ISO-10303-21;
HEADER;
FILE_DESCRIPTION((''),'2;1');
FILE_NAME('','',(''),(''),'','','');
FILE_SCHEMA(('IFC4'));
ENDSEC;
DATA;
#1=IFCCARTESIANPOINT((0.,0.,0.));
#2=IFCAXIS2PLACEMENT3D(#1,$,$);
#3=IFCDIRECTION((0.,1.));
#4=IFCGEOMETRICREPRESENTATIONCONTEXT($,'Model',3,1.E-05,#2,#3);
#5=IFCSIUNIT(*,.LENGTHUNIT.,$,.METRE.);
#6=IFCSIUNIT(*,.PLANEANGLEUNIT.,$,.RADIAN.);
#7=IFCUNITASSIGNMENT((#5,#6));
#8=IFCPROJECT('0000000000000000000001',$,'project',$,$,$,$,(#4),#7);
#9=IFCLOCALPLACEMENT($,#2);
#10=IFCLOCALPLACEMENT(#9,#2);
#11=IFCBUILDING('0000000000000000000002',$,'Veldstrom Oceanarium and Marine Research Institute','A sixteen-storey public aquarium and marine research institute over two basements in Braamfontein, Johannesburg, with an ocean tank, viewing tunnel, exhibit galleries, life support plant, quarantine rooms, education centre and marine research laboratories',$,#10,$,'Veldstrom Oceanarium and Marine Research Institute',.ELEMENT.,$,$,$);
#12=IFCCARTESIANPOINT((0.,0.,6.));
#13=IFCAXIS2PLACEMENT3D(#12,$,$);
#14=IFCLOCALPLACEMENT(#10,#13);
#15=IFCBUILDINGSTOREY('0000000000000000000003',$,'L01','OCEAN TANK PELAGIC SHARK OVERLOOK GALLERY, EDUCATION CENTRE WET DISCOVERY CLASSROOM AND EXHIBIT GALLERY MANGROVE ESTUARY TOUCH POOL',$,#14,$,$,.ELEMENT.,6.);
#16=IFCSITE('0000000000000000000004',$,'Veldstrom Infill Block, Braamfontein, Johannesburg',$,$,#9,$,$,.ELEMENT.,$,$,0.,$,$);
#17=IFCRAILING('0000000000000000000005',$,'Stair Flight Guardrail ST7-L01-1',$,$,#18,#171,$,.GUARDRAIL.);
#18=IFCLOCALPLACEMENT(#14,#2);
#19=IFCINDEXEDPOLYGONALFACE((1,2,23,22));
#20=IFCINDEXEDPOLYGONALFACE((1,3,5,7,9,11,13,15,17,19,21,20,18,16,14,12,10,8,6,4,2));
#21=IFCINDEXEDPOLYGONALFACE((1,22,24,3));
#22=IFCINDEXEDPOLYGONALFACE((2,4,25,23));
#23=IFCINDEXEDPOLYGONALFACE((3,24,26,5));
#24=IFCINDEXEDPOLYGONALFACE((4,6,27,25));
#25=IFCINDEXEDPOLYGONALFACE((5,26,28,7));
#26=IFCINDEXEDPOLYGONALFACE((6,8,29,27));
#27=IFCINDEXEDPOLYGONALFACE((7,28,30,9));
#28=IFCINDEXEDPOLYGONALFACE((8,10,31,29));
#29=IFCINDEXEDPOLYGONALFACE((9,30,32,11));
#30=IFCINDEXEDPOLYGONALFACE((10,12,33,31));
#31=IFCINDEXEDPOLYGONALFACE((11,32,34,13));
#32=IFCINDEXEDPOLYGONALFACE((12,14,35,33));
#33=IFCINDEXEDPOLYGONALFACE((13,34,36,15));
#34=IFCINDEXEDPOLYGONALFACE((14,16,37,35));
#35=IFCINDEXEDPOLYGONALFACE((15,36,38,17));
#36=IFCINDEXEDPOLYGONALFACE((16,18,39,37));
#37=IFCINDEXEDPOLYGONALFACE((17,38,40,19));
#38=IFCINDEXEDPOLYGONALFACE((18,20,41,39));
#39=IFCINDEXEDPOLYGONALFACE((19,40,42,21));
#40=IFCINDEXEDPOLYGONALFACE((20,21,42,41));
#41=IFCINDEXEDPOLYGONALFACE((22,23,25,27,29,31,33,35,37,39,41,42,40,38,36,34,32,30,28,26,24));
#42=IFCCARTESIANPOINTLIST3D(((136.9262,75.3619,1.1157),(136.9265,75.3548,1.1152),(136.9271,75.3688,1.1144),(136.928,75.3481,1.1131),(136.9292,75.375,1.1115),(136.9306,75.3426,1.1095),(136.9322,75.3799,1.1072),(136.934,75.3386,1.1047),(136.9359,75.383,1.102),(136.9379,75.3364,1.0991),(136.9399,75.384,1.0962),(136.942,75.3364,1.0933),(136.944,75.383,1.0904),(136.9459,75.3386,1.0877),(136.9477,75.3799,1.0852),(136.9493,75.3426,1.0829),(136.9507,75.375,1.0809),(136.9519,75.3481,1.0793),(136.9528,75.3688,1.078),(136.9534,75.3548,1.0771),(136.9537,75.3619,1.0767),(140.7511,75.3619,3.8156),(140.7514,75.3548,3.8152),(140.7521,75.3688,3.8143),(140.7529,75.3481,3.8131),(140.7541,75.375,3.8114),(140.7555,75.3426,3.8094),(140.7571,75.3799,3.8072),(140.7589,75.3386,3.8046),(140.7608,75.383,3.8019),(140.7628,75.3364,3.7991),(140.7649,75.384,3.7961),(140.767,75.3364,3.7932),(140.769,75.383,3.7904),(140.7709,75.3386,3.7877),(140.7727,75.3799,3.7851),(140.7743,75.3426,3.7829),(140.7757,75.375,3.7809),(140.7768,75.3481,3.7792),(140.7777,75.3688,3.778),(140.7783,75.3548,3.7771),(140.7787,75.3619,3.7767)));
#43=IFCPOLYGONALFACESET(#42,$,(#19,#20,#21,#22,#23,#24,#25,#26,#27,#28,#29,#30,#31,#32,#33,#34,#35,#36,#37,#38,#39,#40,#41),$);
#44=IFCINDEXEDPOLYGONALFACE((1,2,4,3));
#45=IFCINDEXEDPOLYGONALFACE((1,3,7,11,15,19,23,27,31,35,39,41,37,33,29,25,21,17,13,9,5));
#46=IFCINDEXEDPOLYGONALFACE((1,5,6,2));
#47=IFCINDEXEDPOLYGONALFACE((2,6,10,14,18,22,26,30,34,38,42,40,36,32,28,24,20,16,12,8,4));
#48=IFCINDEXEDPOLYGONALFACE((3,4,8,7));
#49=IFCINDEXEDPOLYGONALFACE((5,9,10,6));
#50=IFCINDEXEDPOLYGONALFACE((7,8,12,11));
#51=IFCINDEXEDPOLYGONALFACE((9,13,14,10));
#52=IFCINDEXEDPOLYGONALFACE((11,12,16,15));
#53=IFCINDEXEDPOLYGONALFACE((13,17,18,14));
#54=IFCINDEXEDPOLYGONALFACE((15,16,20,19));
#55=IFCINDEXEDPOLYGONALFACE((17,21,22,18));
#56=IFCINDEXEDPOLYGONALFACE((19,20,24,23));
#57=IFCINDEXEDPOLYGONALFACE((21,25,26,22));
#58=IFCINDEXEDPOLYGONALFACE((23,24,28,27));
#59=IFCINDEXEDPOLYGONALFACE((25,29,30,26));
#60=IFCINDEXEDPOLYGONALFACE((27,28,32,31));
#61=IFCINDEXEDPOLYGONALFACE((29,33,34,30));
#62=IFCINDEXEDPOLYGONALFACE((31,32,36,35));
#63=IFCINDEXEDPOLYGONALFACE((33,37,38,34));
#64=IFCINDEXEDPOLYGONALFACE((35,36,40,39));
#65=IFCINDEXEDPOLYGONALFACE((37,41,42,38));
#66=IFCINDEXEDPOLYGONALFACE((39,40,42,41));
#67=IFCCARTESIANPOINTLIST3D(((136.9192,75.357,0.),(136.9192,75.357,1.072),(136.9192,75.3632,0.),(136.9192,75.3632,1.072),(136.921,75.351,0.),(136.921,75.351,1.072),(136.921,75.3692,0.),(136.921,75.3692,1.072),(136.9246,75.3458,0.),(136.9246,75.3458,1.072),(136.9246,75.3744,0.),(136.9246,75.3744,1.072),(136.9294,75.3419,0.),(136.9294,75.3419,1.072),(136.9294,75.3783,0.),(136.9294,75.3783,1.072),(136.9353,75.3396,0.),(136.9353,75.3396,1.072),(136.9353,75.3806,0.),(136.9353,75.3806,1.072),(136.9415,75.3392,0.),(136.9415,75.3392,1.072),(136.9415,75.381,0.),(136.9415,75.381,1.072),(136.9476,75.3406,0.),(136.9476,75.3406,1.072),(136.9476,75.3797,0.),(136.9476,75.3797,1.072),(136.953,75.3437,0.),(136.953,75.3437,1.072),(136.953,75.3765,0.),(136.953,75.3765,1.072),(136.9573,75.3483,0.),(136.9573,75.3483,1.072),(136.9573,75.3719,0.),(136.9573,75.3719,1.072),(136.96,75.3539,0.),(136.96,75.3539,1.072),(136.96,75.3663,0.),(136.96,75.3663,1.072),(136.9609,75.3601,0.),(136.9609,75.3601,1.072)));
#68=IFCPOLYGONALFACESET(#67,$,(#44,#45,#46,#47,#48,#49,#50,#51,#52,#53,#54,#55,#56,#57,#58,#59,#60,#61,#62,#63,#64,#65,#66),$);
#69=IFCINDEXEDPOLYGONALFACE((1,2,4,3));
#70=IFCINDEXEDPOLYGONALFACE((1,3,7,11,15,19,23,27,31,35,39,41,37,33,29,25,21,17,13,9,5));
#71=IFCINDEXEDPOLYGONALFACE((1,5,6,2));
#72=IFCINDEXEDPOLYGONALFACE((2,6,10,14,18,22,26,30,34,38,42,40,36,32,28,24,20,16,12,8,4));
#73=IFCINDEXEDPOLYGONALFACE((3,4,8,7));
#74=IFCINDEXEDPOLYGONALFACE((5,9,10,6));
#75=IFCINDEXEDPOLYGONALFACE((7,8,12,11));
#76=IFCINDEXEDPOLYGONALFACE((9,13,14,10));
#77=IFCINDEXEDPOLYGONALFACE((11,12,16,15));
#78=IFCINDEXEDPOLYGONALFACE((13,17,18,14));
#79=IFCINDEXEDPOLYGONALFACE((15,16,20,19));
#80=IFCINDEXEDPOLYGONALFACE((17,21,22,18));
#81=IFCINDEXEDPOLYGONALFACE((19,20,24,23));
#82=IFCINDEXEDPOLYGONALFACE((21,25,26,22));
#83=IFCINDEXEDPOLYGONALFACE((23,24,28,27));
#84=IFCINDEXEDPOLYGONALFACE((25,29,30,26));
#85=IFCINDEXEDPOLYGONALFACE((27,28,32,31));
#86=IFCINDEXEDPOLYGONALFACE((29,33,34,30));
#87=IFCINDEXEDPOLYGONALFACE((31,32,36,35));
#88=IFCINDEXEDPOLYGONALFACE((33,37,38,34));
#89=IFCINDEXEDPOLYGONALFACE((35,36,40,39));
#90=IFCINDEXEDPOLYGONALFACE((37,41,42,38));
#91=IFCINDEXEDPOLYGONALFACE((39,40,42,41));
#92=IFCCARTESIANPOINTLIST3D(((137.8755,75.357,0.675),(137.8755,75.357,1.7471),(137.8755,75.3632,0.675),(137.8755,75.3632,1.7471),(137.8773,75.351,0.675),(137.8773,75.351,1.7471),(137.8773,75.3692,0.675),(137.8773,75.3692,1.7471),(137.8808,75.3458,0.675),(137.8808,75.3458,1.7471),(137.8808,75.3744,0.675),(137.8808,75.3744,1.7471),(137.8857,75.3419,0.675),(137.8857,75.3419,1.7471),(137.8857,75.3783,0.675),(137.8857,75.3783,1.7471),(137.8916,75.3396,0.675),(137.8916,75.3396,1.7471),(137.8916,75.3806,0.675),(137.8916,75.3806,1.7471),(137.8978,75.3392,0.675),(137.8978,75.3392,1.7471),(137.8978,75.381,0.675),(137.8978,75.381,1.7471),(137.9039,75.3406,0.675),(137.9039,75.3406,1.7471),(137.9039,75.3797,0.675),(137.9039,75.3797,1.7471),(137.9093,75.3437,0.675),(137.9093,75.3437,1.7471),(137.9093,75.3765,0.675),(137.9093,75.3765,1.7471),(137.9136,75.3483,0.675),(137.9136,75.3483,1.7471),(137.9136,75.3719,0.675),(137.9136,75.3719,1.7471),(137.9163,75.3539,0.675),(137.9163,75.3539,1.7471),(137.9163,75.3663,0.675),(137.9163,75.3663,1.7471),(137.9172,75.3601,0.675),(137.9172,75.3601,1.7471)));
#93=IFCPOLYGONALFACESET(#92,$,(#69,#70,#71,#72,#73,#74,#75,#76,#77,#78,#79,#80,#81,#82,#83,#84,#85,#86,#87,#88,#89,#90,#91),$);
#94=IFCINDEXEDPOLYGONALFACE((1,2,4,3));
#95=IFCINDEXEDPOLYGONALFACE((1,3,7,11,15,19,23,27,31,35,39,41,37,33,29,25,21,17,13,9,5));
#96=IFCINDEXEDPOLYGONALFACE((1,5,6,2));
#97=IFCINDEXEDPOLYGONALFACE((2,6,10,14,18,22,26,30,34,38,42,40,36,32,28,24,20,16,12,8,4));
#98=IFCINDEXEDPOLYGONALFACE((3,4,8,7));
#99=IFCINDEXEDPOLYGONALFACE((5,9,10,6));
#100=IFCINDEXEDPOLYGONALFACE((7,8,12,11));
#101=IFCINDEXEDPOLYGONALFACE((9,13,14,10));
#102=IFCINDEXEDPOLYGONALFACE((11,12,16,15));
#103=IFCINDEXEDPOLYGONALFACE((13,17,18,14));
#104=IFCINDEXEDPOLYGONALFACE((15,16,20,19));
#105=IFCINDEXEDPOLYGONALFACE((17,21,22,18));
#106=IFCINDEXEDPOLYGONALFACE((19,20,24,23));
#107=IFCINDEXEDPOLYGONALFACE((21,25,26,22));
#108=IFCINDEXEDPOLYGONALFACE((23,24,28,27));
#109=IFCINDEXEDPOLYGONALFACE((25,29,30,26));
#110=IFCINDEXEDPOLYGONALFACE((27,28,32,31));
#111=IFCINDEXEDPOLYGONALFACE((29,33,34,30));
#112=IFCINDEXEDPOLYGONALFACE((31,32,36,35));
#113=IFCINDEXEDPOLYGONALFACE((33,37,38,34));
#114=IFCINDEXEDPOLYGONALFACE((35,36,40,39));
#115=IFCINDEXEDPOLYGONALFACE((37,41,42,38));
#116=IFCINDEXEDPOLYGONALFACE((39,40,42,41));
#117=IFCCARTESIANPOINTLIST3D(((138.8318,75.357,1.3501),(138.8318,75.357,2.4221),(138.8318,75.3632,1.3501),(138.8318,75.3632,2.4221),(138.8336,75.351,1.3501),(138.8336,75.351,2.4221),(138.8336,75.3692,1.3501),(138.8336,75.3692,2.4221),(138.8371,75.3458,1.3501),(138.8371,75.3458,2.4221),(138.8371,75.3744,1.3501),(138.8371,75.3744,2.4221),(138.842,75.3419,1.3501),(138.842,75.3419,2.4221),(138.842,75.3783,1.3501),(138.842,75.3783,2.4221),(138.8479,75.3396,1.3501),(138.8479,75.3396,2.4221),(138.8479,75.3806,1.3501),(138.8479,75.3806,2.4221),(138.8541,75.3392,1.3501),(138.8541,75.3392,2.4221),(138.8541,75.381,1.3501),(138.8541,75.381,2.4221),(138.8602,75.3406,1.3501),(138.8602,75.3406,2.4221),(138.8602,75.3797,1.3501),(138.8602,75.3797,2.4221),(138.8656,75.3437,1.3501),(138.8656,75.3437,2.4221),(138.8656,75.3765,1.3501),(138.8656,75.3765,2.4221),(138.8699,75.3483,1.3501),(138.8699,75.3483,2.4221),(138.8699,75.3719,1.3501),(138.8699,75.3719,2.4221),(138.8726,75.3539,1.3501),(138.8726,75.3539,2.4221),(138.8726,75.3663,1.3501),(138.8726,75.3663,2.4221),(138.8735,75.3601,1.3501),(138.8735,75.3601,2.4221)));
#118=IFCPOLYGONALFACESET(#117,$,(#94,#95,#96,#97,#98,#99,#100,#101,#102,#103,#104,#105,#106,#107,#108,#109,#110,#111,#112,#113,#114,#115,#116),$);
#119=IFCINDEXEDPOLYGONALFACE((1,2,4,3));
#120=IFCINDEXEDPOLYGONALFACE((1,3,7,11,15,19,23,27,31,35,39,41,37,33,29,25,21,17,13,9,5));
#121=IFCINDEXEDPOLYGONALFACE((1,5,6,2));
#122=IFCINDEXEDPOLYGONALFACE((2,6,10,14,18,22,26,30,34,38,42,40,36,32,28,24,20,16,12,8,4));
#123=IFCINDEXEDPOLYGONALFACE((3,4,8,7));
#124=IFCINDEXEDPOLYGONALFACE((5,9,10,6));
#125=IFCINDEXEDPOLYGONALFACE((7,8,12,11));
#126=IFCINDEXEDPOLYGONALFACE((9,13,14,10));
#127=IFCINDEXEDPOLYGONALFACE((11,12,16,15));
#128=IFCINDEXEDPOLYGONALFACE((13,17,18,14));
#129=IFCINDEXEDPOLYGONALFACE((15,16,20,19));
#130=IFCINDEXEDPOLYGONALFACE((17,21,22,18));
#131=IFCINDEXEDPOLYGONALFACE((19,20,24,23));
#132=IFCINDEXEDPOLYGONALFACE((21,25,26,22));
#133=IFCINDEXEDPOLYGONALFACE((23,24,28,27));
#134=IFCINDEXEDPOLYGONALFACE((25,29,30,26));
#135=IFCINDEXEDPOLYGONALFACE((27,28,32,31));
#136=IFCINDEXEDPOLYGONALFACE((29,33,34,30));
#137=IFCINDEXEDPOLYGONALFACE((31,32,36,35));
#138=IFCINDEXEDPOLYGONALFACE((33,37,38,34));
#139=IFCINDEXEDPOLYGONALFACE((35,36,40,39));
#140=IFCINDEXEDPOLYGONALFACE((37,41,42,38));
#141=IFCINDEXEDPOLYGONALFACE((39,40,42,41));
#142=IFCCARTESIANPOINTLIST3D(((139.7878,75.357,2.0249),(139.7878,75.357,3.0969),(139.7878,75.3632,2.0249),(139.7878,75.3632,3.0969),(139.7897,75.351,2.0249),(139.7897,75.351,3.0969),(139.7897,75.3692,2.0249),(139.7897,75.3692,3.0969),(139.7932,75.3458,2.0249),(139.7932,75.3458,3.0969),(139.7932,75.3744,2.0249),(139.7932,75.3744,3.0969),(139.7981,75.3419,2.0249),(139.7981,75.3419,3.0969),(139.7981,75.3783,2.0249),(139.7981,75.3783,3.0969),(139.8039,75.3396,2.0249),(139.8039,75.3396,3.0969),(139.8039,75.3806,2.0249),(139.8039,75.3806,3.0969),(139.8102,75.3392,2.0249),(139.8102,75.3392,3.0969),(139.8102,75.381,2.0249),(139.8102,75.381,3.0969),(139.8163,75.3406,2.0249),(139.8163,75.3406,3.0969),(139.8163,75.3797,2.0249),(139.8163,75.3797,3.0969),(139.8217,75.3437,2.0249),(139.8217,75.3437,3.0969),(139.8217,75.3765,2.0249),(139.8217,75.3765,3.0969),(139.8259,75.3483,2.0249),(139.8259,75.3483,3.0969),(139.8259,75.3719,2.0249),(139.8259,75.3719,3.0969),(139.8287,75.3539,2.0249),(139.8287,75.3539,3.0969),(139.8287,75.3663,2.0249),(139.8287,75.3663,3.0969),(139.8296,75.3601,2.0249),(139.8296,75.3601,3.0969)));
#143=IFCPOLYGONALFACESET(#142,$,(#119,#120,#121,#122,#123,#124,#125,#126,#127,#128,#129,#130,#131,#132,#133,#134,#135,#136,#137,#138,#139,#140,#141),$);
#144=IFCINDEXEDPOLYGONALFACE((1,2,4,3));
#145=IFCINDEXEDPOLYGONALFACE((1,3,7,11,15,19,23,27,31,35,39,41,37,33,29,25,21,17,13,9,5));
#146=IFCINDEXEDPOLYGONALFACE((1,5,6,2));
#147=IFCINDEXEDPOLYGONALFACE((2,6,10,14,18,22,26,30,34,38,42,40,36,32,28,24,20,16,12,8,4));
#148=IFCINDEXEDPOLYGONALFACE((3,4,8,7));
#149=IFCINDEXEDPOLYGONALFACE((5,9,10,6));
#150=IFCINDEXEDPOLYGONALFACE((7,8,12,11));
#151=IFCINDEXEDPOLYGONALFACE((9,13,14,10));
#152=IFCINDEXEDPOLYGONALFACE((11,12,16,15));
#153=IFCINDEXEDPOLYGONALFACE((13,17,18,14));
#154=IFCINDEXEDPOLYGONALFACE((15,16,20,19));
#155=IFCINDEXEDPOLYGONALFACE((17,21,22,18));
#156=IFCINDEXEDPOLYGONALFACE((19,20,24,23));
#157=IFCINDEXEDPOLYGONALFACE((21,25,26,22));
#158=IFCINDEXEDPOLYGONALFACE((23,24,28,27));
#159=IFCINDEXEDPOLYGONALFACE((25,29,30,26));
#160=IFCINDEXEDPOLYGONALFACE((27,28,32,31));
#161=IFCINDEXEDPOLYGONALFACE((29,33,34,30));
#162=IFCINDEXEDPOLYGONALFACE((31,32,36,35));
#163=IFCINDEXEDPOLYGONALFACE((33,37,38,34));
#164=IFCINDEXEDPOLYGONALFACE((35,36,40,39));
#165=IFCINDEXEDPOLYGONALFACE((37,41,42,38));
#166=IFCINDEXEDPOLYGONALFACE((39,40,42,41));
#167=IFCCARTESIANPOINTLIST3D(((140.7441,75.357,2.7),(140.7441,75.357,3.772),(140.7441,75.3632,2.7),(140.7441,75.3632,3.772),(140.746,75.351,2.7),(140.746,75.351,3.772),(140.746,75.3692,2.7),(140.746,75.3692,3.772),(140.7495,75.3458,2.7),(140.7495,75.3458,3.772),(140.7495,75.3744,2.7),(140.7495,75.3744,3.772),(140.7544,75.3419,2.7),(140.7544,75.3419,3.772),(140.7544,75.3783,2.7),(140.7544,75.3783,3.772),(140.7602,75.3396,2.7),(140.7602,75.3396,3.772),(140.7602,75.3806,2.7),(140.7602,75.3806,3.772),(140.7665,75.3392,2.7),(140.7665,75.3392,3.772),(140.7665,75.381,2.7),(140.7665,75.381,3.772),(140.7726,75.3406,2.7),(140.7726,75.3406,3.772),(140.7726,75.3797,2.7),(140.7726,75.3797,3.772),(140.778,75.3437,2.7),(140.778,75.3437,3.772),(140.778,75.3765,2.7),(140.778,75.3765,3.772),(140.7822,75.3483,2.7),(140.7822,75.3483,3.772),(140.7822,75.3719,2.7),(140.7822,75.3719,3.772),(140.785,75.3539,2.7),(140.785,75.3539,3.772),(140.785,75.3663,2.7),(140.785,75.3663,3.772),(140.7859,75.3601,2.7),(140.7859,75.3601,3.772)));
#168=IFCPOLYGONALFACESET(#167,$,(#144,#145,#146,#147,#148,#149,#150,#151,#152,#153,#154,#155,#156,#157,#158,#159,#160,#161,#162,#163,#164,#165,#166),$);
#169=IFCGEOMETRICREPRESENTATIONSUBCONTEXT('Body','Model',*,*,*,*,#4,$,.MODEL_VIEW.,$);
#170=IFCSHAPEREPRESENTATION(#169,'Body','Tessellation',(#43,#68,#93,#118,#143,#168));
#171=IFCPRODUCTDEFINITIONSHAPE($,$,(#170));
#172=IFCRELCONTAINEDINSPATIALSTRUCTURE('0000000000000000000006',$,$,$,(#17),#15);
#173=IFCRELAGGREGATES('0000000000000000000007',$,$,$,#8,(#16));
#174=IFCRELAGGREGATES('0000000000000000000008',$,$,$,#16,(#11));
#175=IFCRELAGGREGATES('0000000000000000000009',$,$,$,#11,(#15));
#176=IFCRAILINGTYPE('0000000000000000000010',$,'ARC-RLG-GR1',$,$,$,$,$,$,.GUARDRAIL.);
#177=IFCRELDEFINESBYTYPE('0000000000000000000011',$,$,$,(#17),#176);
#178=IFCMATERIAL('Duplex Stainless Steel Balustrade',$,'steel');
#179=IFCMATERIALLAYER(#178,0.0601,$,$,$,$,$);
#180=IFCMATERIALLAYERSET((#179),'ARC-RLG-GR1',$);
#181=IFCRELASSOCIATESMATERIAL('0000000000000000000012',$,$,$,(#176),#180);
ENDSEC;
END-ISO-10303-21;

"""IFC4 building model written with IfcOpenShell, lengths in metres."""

from ifc_helpers import new_model, si_unit, direction, frame, origin, origin_2d, place, context, subcontext, project, spatial, circle, extrude, material, layer, layer_set, type_object, element, save


model = new_model("IFC4")

# Units and contexts
model_context = context("Model", 3, precision=1e-05, world=origin(), true_north=direction((0.0, 1.0)))
body_context = subcontext(model_context, "Body", "Model", "MODEL_VIEW")
ifc_project = project(units=[si_unit("LENGTHUNIT", "METRE"), si_unit("PLANEANGLEUNIT", "RADIAN")], contexts=[model_context])

# Site, building, storey
site_placement = place(None, origin())
site = spatial("IfcSite", under=ifc_project, at=site_placement, Name="Veldstrom Infill Block, Braamfontein, Johannesburg", CompositionType="ELEMENT", RefElevation=0.0)
building_placement = place(site_placement, origin())
building = spatial("IfcBuilding", under=site, at=building_placement, Name="Veldstrom Oceanarium and Marine Research Institute", Description="A sixteen-storey public aquarium and marine research institute over two basements in Braamfontein, Johannesburg, with an ocean tank, viewing tunnel, exhibit galleries, life support plant, quarantine rooms, education centre and marine research laboratories", LongName="Veldstrom Oceanarium and Marine Research Institute", CompositionType="ELEMENT")
storey_placement = place(building_placement, frame((0.0, 0.0, 6.0)))
storey = spatial("IfcBuildingStorey", under=building, at=storey_placement, Name="L01", Description="OCEAN TANK PELAGIC SHARK OVERLOOK GALLERY, EDUCATION CENTRE WET DISCOVERY CLASSROOM AND EXHIBIT GALLERY MANGROVE ESTUARY TOUCH POOL", CompositionType="ELEMENT", Elevation=6.0)

# Railing
ifc_material_1 = material(Name="Duplex Stainless Steel Balustrade", Category="steel")
ifc_layer_1 = layer(ifc_material_1, 0.0601)
ifc_layer_set_1 = layer_set([ifc_layer_1], Name="ARC-RLG-GR1")
railing_type_1 = type_object("IfcRailingType", Name="ARC-RLG-GR1", PredefinedType="GUARDRAIL", material=ifc_layer_set_1)
railing_1_placement = place(storey_placement, frame((136.9399, 75.3601, 0.0)))
element("IfcRailing", 1, at=railing_1_placement, inside=storey, type_object=railing_type_1, Name="Stair Flight Guardrail ST7-L01-1", PredefinedType="GUARDRAIL", context=body_context, shape_type="SweptSolid", body=[
    extrude(circle(Radius=0.0239, at=origin_2d()), frame((0.0, 0.0, 1.0962), z_axis=(0.816969, 0.0, 0.576681), x_axis=(0.0, 1.0, 0.0)), (0.0, 0.0, 1.0), 4.6819),
    extrude(circle(Radius=0.021, at=origin_2d()), origin(), (0.0, 0.0, 1.0), 1.072),
    extrude(circle(Radius=0.021, at=origin_2d()), frame((0.9563, 0.0, 0.675)), (0.0, 0.0, 1.0), 1.072),
    extrude(circle(Radius=0.021, at=origin_2d()), frame((1.9126, 0.0, 1.3501)), (0.0, 0.0, 1.0), 1.072),
    extrude(circle(Radius=0.021, at=origin_2d()), frame((2.8687, 0.0, 2.0249)), (0.0, 0.0, 1.0), 1.072),
    extrude(circle(Radius=0.021, at=origin_2d()), frame((3.825, 0.0, 2.7)), (0.0, 0.0, 1.0), 1.072),
])

save(model, "model.ifc")
